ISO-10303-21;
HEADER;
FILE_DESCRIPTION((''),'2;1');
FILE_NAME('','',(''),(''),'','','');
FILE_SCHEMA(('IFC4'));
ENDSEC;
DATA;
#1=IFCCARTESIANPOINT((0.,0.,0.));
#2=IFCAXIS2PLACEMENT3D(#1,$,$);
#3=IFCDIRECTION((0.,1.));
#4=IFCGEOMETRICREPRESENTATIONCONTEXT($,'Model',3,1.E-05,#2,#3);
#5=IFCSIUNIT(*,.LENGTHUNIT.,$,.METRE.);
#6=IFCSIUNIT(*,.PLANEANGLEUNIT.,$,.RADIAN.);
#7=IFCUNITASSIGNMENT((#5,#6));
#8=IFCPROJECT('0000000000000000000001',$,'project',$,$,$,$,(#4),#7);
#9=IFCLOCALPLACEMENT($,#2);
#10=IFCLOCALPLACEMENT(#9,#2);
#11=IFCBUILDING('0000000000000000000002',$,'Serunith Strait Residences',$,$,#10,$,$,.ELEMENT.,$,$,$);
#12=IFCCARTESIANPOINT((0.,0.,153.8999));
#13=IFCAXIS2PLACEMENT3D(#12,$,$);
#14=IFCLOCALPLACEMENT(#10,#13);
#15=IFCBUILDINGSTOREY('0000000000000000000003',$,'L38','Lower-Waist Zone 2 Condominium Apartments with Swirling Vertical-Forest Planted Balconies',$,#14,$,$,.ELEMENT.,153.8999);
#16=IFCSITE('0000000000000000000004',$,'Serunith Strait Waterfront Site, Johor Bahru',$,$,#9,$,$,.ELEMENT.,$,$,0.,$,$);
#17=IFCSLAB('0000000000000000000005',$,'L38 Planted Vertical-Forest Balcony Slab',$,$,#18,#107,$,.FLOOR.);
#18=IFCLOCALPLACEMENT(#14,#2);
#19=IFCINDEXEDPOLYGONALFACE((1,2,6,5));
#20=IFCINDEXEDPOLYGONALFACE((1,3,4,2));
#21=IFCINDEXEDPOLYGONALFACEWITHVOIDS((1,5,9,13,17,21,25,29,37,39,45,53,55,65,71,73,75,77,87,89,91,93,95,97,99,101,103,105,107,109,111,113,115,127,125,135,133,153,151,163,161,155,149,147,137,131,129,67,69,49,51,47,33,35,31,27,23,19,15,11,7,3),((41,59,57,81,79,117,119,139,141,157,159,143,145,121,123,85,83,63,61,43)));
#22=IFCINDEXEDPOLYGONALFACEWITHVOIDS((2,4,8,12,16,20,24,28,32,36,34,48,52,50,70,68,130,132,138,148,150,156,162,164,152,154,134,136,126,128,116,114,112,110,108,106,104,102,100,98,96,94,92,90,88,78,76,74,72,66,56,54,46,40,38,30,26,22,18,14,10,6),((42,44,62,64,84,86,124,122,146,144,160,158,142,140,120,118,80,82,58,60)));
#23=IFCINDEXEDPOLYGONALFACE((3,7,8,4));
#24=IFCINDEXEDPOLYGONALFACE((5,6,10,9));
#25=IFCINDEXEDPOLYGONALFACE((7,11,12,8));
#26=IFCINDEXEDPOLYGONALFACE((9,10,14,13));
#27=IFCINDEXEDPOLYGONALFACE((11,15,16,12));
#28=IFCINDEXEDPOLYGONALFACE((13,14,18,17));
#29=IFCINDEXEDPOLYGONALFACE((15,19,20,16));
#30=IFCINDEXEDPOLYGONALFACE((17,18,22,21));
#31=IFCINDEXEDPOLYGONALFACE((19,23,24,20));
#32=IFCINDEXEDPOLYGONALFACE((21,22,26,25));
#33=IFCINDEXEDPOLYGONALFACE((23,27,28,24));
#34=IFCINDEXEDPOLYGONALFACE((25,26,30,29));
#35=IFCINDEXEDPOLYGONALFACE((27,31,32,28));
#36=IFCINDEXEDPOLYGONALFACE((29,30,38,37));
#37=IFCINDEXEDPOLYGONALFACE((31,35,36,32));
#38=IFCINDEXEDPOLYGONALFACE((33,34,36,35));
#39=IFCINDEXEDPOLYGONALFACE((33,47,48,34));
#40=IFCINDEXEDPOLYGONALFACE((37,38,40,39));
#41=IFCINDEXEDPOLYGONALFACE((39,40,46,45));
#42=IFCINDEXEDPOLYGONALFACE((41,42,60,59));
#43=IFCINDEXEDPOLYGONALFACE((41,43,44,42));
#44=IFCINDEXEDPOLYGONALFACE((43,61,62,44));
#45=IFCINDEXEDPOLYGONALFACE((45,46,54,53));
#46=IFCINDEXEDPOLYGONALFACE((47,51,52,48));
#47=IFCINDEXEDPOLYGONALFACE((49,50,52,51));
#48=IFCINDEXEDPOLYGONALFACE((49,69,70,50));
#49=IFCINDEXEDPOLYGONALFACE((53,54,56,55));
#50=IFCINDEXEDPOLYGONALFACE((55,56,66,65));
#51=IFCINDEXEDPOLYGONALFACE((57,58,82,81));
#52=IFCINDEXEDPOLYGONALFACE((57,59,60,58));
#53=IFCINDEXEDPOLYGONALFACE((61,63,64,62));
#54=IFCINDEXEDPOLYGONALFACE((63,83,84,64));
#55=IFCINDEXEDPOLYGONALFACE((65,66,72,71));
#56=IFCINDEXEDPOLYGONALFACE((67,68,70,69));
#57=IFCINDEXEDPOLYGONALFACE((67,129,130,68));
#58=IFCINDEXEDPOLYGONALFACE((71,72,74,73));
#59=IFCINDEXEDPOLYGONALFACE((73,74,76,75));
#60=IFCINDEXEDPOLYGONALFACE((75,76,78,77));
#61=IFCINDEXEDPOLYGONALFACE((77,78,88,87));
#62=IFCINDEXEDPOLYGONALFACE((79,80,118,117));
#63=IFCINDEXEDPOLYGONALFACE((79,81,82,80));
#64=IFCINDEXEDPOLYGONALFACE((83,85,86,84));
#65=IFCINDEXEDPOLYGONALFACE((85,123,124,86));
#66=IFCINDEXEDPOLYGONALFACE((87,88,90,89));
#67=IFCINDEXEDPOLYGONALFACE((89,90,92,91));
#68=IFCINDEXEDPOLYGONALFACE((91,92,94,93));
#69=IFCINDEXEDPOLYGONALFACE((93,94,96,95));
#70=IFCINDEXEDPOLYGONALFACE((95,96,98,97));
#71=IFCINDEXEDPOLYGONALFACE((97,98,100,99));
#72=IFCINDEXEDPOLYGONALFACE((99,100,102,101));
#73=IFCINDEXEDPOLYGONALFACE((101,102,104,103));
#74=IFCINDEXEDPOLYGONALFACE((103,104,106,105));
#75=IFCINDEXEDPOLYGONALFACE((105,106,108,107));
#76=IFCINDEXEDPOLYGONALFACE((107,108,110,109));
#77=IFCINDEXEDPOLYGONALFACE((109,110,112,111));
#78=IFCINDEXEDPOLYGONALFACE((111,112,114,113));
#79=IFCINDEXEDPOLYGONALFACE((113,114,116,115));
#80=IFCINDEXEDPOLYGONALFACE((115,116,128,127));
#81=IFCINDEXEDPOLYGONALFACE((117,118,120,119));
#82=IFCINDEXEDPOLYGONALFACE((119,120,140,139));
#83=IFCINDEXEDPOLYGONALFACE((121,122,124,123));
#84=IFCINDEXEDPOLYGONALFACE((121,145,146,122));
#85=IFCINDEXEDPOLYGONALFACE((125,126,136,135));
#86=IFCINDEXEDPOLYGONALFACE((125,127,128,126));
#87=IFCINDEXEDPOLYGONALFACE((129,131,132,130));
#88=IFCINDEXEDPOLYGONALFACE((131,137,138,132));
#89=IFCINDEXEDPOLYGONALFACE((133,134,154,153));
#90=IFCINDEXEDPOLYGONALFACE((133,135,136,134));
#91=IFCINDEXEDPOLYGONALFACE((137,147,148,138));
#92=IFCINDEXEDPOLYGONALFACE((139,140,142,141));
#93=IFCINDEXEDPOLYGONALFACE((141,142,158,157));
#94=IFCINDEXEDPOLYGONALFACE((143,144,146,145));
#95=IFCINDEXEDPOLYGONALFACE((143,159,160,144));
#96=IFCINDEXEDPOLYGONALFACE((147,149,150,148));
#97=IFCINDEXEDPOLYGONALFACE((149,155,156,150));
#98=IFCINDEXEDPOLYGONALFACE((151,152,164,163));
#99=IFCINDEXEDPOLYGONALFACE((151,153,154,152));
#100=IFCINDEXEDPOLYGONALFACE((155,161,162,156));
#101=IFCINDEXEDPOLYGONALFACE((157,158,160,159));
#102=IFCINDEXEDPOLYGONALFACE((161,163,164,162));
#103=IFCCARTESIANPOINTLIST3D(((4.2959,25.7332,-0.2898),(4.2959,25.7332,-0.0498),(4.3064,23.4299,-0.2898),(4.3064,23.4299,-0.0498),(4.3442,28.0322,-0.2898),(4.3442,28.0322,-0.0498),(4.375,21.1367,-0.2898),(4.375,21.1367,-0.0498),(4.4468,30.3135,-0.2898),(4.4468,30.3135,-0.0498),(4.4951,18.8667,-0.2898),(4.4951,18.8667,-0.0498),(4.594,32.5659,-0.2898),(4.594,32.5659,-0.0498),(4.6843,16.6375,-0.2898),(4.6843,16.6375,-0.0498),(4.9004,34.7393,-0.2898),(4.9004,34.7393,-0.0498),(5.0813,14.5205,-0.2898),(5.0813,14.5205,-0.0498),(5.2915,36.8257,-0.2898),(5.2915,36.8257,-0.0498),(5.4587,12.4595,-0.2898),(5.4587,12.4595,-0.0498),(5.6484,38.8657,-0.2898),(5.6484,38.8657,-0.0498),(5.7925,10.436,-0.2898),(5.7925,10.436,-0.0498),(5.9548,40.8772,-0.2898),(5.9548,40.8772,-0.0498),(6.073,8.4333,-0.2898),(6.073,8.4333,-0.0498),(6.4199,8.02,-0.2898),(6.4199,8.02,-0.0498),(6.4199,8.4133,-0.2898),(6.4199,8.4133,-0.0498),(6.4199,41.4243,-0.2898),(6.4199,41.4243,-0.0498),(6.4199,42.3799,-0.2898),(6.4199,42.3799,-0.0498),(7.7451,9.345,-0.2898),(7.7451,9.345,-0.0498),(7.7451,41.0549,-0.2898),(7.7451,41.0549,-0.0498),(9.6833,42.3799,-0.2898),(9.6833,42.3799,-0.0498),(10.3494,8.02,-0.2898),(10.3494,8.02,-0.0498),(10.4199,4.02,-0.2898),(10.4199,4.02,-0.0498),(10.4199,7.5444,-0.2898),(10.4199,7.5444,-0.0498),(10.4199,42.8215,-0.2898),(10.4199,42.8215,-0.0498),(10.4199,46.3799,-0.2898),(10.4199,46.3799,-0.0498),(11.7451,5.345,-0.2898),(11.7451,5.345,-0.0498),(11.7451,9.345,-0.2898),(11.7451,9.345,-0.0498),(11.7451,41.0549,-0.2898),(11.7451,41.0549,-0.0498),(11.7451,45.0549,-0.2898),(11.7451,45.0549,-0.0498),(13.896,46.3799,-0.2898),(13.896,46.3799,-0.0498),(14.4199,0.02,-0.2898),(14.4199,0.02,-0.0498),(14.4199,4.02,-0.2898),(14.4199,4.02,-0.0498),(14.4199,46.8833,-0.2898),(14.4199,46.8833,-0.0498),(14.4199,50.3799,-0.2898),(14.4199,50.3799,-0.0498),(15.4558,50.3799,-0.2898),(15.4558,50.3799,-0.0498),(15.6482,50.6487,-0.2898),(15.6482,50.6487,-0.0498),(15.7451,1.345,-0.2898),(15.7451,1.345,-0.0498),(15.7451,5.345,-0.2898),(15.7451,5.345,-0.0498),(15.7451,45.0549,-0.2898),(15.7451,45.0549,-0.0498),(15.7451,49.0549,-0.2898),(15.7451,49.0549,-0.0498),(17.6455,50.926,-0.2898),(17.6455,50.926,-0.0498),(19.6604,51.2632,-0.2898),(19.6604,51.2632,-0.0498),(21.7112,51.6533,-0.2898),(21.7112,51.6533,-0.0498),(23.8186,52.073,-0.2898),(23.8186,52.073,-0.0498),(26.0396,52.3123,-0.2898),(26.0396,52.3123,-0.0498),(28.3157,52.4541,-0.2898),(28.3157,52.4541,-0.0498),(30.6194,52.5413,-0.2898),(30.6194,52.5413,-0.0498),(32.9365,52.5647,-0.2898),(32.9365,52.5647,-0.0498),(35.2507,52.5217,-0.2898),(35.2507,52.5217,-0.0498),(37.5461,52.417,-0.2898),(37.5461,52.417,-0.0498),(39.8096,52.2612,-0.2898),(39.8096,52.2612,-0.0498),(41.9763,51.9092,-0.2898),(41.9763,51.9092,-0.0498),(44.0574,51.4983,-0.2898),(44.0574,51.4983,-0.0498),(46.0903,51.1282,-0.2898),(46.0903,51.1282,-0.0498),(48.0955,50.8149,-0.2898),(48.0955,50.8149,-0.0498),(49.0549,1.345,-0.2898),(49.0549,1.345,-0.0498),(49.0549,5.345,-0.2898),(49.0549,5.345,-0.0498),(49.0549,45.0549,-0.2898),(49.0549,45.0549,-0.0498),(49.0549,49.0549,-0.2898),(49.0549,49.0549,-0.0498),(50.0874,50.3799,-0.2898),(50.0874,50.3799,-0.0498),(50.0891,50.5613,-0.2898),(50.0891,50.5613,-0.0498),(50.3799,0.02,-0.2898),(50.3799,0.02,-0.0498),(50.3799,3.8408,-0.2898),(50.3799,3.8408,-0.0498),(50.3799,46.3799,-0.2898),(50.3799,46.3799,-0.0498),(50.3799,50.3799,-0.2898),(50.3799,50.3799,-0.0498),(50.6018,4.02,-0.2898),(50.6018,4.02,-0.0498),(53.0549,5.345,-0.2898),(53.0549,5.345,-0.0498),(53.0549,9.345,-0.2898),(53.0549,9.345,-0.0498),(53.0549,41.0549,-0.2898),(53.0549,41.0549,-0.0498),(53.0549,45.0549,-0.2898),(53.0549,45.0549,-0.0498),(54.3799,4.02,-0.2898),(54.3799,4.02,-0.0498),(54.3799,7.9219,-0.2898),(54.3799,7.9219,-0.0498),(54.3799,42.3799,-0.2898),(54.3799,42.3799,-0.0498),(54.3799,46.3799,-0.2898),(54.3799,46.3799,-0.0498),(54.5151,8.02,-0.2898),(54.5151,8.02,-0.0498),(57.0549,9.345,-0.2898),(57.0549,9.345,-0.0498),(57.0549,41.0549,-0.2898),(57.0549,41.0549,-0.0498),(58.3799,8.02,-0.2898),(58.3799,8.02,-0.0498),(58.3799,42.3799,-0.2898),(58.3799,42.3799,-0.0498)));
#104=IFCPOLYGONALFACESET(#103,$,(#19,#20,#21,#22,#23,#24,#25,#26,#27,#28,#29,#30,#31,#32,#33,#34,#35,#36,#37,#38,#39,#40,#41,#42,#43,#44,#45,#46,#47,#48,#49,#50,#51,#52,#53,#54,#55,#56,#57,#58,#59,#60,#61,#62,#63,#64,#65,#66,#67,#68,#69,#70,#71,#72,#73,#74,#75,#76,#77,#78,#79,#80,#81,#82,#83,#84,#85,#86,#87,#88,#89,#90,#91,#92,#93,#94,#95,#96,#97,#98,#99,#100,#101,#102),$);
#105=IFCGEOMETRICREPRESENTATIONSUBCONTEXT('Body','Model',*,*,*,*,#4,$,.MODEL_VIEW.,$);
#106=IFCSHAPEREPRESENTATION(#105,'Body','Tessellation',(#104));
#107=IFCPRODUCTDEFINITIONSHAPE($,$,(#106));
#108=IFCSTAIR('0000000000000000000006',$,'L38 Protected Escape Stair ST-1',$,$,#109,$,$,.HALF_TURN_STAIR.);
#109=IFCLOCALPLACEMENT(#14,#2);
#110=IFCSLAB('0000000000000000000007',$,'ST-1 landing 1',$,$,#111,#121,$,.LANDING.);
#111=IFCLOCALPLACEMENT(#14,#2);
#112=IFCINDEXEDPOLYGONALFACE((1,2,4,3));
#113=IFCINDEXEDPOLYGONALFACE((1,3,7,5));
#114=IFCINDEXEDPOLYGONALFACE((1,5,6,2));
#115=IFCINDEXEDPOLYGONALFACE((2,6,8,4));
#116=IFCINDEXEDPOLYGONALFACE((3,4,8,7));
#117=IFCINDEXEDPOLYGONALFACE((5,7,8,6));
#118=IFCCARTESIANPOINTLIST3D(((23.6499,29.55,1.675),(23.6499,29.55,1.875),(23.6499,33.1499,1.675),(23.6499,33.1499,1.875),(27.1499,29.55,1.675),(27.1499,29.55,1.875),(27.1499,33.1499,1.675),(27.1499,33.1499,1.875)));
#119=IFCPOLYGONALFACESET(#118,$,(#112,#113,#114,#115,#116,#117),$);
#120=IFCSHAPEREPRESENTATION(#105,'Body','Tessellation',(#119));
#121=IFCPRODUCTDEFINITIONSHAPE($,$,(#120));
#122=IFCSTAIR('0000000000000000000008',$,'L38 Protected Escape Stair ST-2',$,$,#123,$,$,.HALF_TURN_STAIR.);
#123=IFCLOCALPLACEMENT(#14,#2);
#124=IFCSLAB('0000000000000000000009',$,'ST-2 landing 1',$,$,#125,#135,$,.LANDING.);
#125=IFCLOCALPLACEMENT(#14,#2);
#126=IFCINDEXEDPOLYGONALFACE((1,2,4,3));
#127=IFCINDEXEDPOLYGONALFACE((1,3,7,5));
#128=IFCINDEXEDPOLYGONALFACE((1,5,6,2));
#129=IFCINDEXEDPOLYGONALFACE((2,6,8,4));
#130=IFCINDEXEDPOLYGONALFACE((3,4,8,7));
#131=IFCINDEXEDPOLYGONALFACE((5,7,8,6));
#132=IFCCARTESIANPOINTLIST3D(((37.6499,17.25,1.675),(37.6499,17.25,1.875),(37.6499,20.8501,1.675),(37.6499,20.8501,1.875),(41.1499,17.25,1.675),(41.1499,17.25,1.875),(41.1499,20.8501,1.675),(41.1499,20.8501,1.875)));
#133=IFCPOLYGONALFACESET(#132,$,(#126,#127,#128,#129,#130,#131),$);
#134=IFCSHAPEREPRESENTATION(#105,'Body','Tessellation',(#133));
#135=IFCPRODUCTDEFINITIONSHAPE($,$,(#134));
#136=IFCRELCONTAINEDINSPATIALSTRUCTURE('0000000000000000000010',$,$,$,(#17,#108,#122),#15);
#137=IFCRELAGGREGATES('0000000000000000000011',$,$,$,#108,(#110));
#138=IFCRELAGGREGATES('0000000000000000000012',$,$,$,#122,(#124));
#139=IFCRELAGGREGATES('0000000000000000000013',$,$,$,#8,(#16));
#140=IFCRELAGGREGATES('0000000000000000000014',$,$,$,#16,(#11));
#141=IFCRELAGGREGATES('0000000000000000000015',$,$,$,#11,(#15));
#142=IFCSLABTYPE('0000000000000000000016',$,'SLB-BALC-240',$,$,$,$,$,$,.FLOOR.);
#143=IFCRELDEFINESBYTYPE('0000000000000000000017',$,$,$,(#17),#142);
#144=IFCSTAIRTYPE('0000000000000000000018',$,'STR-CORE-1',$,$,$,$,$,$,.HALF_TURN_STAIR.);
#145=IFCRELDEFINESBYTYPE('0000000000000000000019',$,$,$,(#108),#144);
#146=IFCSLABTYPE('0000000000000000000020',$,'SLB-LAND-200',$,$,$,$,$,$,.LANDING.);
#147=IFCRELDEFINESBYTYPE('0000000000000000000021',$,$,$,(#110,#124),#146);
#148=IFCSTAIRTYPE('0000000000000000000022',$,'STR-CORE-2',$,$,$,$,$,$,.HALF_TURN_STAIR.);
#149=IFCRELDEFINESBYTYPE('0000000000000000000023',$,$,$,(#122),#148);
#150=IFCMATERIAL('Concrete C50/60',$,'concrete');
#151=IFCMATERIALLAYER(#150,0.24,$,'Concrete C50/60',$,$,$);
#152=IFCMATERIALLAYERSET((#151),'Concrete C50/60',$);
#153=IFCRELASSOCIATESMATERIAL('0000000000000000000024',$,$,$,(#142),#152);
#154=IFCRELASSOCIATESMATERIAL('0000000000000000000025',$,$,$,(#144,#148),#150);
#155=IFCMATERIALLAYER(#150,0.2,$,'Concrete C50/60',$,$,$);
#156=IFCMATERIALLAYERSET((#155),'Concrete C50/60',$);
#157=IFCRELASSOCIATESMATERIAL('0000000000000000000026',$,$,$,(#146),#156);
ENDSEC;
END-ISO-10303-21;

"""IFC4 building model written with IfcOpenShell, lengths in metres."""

from ifc_helpers import new_model, si_unit, direction, frame, origin, place, context, subcontext, project, spatial, polyline, outline, extrude, material, layer, layer_set, type_object, element, aggregate, save


model = new_model("IFC4")

# Units and contexts
model_context = context("Model", 3, precision=1e-05, world=origin(), true_north=direction((0.0, 1.0)))
body_context = subcontext(model_context, "Body", "Model", "MODEL_VIEW")
ifc_project = project(units=[si_unit("LENGTHUNIT", "METRE"), si_unit("PLANEANGLEUNIT", "RADIAN")], contexts=[model_context])

# Site, building, storey
site_placement = place(None, origin())
site = spatial("IfcSite", under=ifc_project, at=site_placement, Name="Serunith Strait Waterfront Site, Johor Bahru", CompositionType="ELEMENT", RefElevation=0.0)
building_placement = place(site_placement, origin())
building = spatial("IfcBuilding", under=site, at=building_placement, Name="Serunith Strait Residences", CompositionType="ELEMENT")
storey_placement = place(building_placement, frame((0.0, 0.0, 153.8999)))
storey = spatial("IfcBuildingStorey", under=building, at=storey_placement, Name="L38", Description="Lower-Waist Zone 2 Condominium Apartments with Swirling Vertical-Forest Planted Balconies", CompositionType="ELEMENT", Elevation=153.8999)

# Slab
ifc_material_1 = material(Name="Concrete C50/60", Category="concrete")
ifc_layer_1 = layer(ifc_material_1, 0.24, Name="Concrete C50/60")
ifc_layer_set_1 = layer_set([ifc_layer_1], Name="Concrete C50/60")
slab_type_1 = type_object("IfcSlabType", Name="SLB-BALC-240", PredefinedType="FLOOR", material=ifc_layer_set_1)
slab_1_placement = place(storey_placement, frame((0.0, 0.0, -0.2898)))
element("IfcSlab", 1, at=slab_1_placement, inside=storey, type_object=slab_type_1, Name="L38 Planted Vertical-Forest Balcony Slab", PredefinedType="FLOOR", context=body_context, shape_type="SweptSolid", body=[
    extrude(outline(polyline([(6.4199, 8.02), (6.4199, 8.4133), (6.073, 8.4333), (5.7925, 10.436), (5.4587, 12.4595), (5.0813, 14.5205), (4.6843, 16.6375), (4.4951, 18.8667), (4.375, 21.1367), (4.3064, 23.4299), (4.2959, 25.7332), (4.3442, 28.0322), (4.4468, 30.3135), (4.594, 32.5659), (4.9004, 34.7393), (5.2915, 36.8257), (5.6484, 38.8657), (5.9548, 40.8772), (6.4199, 41.4243), (6.4199, 42.3799), (9.6833, 42.3799), (10.4199, 42.8215), (10.4199, 46.3799), (13.896, 46.3799), (14.4199, 46.8833), (14.4199, 50.3799), (15.4558, 50.3799), (15.6482, 50.6487), (17.6455, 50.926), (19.6604, 51.2632), (21.7112, 51.6533), (23.8186, 52.073), (26.0396, 52.3123), (28.3157, 52.4541), (30.6194, 52.5413), (32.9365, 52.5647), (35.2507, 52.5217), (37.5461, 52.417), (39.8096, 52.2612), (41.9763, 51.9092), (44.0574, 51.4983), (46.0903, 51.1282), (48.0955, 50.8149), (50.0891, 50.5613), (50.0874, 50.3799), (50.3799, 50.3799), (50.3799, 46.3799), (54.3799, 46.3799), (54.3799, 42.3799), (58.3799, 42.3799), (58.3799, 8.02), (54.5151, 8.02), (54.3799, 7.9219), (54.3799, 4.02), (50.6018, 4.02), (50.3799, 3.8408), (50.3799, 0.02), (14.4199, 0.02), (14.4199, 4.02), (10.4199, 4.02), (10.4199, 7.5444), (10.3494, 8.02), (6.4199, 8.02)]), holes=[polyline([(49.0549, 1.345), (49.0549, 5.345), (53.0549, 5.345), (53.0549, 9.345), (57.0549, 9.345), (57.0549, 41.0549), (53.0549, 41.0549), (53.0549, 45.0549), (49.0549, 45.0549), (49.0549, 49.0549), (15.7451, 49.0549), (15.7451, 45.0549), (11.7451, 45.0549), (11.7451, 41.0549), (7.7451, 41.0549), (7.7451, 9.345), (11.7451, 9.345), (11.7451, 5.345), (15.7451, 5.345), (15.7451, 1.345), (49.0549, 1.345)])]), origin(), (0.0, 0.0, 1.0), 0.24),
])

# Stairs, slabs
stair_type_1 = type_object("IfcStairType", Name="STR-CORE-1", PredefinedType="HALF_TURN_STAIR", material=ifc_material_1)
stair_1_placement = place(storey_placement, origin())
stair_1 = element("IfcStair", 2, at=stair_1_placement, inside=storey, type_object=stair_type_1, Name="L38 Protected Escape Stair ST-1", PredefinedType="HALF_TURN_STAIR")
ifc_layer_2 = layer(ifc_material_1, 0.2, Name="Concrete C50/60")
ifc_layer_set_2 = layer_set([ifc_layer_2], Name="Concrete C50/60")
slab_type_2 = type_object("IfcSlabType", Name="SLB-LAND-200", PredefinedType="LANDING", material=ifc_layer_set_2)
slab_2_placement = place(storey_placement, frame((0.0, 0.0, 1.675)))
slab_2 = element("IfcSlab", 3, at=slab_2_placement, type_object=slab_type_2, Name="ST-1 landing 1", PredefinedType="LANDING", context=body_context, shape_type="SweptSolid", body=[
    extrude(outline(polyline([(27.1499, 29.55), (27.1499, 33.1499), (23.6499, 33.1499), (23.6499, 29.55), (27.1499, 29.55)])), origin(), (0.0, 0.0, 1.0), 0.2),
])
aggregate(stair_1, [slab_2])
stair_type_2 = type_object("IfcStairType", Name="STR-CORE-2", PredefinedType="HALF_TURN_STAIR", material=ifc_material_1)
stair_2_placement = place(storey_placement, origin())
stair_2 = element("IfcStair", 4, at=stair_2_placement, inside=storey, type_object=stair_type_2, Name="L38 Protected Escape Stair ST-2", PredefinedType="HALF_TURN_STAIR")
slab_3_placement = place(storey_placement, frame((0.0, 0.0, 1.675)))
slab_3 = element("IfcSlab", 5, at=slab_3_placement, type_object=slab_type_2, Name="ST-2 landing 1", PredefinedType="LANDING", context=body_context, shape_type="SweptSolid", body=[
    extrude(outline(polyline([(37.6499, 20.8501), (37.6499, 17.25), (41.1499, 17.25), (41.1499, 20.8501), (37.6499, 20.8501)])), origin(), (0.0, 0.0, 1.0), 0.2),
])
aggregate(stair_2, [slab_3])

save(model, "model.ifc")
